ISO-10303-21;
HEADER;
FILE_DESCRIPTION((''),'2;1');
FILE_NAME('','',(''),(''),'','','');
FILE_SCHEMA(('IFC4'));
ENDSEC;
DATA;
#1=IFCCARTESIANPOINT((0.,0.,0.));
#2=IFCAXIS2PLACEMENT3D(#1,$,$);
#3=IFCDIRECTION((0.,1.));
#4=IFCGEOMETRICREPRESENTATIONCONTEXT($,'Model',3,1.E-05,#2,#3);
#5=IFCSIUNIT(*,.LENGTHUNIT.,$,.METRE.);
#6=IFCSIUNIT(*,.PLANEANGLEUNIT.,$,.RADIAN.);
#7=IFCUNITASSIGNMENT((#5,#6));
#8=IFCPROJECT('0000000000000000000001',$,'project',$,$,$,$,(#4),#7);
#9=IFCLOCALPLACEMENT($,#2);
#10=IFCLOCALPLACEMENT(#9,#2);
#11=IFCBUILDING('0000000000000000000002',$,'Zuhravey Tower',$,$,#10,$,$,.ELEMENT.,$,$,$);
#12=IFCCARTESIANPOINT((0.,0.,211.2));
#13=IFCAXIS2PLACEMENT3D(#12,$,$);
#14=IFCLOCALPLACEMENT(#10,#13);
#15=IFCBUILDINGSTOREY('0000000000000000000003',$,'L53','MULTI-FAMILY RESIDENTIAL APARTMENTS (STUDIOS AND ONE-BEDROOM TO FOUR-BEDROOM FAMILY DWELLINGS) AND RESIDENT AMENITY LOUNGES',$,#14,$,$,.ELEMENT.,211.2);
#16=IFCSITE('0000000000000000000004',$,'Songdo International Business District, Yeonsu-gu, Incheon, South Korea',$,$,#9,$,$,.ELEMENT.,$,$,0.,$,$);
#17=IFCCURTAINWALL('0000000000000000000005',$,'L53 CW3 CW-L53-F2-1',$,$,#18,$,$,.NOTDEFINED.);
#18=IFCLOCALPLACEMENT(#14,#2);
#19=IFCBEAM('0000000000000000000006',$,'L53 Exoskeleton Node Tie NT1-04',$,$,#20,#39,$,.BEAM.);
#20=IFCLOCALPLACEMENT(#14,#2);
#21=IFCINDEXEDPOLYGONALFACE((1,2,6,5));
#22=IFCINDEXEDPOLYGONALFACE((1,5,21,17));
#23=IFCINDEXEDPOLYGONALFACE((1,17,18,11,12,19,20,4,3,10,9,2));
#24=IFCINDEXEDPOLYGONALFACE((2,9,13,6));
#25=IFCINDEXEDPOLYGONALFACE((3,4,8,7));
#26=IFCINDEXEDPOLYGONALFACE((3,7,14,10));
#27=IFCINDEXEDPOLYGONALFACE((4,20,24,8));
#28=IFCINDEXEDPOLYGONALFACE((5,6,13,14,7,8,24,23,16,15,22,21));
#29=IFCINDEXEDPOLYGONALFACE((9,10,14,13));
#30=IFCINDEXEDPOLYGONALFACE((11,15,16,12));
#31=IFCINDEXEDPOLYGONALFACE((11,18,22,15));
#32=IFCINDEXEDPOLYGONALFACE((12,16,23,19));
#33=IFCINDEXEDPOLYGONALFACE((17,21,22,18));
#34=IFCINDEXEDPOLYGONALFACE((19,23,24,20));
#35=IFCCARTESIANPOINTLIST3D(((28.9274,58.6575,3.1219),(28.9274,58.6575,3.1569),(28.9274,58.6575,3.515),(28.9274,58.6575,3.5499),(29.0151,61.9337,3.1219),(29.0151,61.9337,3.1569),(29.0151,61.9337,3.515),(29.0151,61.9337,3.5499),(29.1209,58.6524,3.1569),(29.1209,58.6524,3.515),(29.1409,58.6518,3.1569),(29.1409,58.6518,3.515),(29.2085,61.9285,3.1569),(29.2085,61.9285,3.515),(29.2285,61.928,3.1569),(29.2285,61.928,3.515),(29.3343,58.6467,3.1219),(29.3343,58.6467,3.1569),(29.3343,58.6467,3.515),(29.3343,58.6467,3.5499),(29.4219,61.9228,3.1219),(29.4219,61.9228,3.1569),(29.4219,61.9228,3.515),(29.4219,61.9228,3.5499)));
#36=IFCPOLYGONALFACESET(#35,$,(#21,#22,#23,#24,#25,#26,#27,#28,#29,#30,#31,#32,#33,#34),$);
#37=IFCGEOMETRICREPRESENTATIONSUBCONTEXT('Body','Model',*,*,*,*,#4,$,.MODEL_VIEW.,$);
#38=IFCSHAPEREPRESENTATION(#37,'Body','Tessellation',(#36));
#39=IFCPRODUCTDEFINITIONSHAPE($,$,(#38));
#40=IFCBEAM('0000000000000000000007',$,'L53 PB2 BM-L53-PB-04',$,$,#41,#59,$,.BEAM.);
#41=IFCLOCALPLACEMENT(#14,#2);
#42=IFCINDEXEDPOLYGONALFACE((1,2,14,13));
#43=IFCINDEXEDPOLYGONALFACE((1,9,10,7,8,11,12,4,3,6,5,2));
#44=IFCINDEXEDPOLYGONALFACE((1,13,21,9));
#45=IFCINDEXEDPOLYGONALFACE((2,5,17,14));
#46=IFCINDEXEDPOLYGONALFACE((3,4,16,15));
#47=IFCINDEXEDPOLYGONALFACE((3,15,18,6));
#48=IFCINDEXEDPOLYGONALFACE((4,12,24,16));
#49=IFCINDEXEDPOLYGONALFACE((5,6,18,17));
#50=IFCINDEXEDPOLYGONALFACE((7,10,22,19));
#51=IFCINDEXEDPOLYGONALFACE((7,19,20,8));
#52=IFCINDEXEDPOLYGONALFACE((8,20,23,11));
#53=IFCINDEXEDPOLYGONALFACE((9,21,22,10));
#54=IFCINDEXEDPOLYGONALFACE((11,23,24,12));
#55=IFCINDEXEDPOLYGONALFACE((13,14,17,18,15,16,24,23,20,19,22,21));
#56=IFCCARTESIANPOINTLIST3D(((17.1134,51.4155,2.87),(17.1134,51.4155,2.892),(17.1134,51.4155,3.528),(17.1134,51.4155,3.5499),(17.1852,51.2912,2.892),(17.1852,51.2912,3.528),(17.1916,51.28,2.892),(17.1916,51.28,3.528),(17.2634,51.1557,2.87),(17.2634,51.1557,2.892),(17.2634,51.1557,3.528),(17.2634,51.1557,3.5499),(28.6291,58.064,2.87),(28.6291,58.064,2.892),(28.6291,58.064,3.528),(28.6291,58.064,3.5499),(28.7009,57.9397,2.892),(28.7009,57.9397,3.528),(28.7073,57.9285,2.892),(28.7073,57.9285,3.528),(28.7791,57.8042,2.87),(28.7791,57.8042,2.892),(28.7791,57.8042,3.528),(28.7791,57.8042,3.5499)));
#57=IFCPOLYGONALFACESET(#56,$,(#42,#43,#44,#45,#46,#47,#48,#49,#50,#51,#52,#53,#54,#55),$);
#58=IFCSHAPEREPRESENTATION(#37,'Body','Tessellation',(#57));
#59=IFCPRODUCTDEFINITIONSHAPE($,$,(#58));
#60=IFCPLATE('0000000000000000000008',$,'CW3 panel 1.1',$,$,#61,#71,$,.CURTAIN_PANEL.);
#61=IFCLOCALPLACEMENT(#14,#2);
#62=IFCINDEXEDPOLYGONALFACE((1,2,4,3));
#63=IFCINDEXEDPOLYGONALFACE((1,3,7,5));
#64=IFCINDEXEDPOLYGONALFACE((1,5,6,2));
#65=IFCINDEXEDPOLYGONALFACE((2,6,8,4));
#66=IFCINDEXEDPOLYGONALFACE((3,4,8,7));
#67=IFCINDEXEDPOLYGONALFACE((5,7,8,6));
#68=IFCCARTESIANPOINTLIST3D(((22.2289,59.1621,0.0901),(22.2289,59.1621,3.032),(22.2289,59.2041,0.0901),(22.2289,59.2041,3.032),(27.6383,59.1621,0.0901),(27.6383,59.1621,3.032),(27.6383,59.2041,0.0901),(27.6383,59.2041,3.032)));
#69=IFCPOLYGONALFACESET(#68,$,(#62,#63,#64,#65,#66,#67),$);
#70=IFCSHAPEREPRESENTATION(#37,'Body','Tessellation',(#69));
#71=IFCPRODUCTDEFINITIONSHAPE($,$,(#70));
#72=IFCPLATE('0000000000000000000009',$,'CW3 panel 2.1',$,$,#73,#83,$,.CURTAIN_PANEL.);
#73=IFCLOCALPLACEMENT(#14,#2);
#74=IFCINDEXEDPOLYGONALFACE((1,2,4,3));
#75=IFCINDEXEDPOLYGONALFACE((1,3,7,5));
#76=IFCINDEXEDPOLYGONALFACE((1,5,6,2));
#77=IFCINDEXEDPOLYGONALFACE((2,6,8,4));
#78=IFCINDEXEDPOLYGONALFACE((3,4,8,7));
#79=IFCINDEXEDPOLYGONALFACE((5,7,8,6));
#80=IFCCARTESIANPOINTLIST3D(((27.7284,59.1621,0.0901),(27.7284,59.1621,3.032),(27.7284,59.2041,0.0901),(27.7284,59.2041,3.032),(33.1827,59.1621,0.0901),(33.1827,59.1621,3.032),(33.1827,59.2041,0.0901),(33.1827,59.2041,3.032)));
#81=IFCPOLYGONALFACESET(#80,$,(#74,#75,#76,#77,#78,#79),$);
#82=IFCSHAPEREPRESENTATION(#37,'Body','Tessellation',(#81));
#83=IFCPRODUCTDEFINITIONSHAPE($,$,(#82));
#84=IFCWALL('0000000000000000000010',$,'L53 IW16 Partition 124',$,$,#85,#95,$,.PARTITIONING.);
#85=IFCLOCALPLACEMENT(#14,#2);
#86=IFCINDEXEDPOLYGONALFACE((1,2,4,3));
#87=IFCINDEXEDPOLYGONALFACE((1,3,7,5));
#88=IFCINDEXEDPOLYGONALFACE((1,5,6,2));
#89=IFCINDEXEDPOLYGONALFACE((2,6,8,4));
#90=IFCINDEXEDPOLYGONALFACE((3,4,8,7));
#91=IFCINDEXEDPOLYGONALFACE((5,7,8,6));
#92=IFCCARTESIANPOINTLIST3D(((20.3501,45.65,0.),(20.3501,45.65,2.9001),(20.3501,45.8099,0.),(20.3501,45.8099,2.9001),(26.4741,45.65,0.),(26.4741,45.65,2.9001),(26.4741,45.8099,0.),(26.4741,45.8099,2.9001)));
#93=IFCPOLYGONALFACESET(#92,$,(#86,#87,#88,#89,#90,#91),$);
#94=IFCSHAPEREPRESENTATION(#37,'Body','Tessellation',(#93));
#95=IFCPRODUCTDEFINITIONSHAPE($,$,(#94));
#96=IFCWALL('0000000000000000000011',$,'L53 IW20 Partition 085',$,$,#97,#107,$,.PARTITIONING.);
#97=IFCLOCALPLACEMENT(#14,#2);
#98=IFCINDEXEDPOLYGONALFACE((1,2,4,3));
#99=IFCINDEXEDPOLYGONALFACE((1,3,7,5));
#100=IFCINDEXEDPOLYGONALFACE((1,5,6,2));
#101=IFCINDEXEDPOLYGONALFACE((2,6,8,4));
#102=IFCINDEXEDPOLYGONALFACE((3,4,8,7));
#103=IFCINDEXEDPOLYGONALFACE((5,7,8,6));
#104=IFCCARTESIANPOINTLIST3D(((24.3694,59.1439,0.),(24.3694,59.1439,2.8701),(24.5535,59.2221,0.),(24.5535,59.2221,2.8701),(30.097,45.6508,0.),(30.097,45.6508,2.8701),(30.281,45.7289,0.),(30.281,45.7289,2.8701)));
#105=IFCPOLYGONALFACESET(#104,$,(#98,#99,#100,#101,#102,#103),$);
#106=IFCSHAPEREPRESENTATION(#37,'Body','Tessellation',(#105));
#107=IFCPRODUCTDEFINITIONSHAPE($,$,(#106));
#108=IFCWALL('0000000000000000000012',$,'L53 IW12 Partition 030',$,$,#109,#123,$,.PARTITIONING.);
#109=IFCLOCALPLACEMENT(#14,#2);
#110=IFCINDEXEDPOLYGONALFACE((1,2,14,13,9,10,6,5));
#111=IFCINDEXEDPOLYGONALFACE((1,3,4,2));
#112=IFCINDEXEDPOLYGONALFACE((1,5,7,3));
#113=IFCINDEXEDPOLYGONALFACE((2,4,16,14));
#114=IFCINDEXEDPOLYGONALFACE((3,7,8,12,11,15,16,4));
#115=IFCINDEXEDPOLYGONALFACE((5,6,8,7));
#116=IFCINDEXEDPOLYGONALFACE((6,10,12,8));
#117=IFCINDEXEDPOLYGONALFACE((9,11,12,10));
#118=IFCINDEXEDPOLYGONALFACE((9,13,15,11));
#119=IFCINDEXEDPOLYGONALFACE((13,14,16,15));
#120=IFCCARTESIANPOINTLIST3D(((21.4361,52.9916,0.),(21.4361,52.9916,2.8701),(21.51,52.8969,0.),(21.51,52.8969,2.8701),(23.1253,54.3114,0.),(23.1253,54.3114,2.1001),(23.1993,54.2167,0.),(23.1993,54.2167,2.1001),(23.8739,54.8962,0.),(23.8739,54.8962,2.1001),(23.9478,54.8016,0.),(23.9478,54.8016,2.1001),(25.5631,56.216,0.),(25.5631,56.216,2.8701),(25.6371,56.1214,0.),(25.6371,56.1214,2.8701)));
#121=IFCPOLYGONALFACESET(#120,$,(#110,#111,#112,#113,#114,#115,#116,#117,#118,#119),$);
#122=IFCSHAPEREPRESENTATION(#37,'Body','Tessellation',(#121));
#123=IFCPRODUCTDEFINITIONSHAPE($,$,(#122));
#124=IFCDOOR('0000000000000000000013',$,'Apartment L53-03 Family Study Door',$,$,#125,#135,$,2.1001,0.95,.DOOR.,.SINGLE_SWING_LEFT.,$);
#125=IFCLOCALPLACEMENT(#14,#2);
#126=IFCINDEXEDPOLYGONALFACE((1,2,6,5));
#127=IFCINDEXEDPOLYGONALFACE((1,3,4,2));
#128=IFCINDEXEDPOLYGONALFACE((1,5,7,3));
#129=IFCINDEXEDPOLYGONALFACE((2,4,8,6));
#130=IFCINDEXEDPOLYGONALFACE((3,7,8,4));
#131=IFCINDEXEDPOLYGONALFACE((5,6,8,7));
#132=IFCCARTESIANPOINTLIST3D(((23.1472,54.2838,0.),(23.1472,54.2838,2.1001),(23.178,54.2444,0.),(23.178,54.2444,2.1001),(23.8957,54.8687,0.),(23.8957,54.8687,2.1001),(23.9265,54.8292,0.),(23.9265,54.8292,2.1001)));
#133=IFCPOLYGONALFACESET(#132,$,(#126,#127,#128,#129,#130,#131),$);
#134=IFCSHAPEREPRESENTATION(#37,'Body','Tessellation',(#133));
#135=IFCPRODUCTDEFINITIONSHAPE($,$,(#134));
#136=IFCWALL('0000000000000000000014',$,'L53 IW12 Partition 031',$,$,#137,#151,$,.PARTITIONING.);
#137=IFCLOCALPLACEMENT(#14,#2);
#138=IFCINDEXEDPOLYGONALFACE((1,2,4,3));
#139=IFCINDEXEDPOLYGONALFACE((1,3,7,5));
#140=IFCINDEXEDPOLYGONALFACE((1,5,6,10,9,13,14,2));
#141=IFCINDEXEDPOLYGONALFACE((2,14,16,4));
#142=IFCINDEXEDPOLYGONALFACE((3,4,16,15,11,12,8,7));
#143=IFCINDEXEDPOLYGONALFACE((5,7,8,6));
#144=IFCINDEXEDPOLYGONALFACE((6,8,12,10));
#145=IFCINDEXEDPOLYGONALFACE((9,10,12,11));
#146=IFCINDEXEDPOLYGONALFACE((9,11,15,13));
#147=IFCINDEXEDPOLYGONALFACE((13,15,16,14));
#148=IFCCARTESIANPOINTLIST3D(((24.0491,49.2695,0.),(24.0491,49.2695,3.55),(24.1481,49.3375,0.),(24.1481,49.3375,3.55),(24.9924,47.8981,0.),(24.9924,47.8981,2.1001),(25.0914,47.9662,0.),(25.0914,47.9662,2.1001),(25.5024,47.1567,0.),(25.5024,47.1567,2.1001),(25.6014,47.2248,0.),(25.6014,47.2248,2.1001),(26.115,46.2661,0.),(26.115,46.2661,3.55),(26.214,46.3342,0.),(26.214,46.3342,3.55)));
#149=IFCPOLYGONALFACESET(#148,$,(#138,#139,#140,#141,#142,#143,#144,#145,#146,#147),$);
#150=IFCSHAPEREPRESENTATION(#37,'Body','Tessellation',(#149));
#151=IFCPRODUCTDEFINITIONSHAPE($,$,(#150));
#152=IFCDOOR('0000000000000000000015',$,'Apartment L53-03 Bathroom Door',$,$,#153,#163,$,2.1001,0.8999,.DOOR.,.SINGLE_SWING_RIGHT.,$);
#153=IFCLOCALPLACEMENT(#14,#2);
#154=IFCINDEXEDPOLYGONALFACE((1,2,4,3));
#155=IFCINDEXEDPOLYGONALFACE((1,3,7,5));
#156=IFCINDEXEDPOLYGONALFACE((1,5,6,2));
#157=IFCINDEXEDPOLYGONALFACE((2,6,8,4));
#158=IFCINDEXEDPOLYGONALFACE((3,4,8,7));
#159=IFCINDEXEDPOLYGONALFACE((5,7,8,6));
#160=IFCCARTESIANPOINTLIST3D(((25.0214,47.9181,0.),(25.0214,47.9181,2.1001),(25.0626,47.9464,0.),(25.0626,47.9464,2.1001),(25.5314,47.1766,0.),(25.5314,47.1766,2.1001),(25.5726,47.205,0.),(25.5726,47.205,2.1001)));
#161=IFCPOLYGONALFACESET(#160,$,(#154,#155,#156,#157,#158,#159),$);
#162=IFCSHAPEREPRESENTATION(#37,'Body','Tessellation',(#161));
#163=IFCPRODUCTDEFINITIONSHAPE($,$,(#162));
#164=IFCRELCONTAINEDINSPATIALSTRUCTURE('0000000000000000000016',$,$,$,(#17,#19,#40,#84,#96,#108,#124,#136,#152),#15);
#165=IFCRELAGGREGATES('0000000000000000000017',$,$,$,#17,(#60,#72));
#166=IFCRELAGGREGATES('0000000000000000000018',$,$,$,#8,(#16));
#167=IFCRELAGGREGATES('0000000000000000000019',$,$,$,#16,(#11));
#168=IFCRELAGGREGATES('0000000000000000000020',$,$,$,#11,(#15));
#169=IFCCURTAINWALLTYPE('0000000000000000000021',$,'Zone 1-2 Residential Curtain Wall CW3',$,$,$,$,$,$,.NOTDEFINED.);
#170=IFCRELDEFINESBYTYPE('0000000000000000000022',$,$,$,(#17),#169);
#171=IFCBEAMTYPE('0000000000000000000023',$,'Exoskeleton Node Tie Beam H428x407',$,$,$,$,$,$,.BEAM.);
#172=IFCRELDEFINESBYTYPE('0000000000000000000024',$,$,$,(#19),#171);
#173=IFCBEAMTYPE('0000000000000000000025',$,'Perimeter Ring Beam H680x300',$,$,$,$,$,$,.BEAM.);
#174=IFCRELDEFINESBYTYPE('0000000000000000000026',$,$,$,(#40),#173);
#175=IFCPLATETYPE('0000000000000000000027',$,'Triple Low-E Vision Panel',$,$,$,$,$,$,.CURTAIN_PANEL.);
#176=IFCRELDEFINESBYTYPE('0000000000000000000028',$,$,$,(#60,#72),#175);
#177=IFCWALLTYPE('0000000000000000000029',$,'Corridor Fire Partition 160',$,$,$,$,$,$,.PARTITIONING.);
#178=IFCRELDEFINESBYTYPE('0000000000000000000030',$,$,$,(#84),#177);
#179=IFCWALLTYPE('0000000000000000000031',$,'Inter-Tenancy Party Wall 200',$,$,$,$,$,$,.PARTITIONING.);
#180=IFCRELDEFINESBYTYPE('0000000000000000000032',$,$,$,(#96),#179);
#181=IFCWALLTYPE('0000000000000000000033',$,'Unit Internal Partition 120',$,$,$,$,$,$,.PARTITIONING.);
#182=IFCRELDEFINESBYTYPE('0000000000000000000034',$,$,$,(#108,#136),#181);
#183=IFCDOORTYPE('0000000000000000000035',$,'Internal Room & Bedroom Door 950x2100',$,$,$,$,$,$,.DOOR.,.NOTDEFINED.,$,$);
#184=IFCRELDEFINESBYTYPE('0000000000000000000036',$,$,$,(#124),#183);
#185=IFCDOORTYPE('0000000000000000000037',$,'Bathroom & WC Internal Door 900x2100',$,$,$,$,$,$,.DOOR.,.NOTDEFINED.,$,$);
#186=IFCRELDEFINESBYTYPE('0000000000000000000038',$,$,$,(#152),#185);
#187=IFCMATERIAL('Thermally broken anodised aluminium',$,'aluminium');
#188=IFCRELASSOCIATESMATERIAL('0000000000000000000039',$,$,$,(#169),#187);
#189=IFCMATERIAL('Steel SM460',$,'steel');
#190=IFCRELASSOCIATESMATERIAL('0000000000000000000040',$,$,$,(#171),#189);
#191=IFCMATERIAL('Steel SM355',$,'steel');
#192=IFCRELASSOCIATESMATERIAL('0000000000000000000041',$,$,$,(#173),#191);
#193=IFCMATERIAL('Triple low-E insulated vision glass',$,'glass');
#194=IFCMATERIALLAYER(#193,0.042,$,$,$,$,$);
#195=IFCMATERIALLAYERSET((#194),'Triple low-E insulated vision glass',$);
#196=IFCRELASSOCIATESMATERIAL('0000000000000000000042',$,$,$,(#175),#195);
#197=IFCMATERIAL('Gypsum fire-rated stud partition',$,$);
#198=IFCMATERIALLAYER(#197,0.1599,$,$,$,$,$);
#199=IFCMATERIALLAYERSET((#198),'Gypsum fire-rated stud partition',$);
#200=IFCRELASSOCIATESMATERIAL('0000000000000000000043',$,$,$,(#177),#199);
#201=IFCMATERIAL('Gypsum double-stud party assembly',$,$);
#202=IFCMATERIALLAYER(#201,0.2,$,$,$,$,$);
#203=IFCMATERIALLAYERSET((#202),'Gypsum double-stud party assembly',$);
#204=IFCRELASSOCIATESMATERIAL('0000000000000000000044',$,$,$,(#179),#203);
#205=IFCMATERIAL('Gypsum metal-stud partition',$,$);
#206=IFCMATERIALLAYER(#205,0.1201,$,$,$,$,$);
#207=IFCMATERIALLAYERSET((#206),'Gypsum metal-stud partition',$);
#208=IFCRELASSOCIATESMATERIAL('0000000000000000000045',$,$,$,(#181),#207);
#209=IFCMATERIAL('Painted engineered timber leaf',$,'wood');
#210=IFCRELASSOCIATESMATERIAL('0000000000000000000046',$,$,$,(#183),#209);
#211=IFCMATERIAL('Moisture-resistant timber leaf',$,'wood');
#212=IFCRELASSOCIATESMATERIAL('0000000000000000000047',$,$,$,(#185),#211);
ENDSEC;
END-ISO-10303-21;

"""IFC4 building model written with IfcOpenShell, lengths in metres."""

from ifc_helpers import new_model, si_unit, direction, frame, frame_2d, origin, origin_2d, place, context, subcontext, project, spatial, rectangle, i_section, extrude, material, layer, layer_set, material_profile, profile_set, type_object, element, fill, aggregate, save


model = new_model("IFC4")

# Units and contexts
model_context = context("Model", 3, precision=1e-05, world=origin(), true_north=direction((0.0, 1.0)))
body_context = subcontext(model_context, "Body", "Model", "MODEL_VIEW")
ifc_project = project(units=[si_unit("LENGTHUNIT", "METRE"), si_unit("PLANEANGLEUNIT", "RADIAN")], contexts=[model_context])

# Site, building, storey
site_placement = place(None, origin())
site = spatial("IfcSite", under=ifc_project, at=site_placement, Name="Songdo International Business District, Yeonsu-gu, Incheon, South Korea", CompositionType="ELEMENT", RefElevation=0.0)
building_placement = place(site_placement, origin())
building = spatial("IfcBuilding", under=site, at=building_placement, Name="Zuhravey Tower", CompositionType="ELEMENT")
storey_placement = place(building_placement, frame((0.0, 0.0, 211.2)))
storey = spatial("IfcBuildingStorey", under=building, at=storey_placement, Name="L53", Description="MULTI-FAMILY RESIDENTIAL APARTMENTS (STUDIOS AND ONE-BEDROOM TO FOUR-BEDROOM FAMILY DWELLINGS) AND RESIDENT AMENITY LOUNGES", CompositionType="ELEMENT", Elevation=211.2)

# Curtain wall
ifc_material_1 = material(Name="Thermally broken anodised aluminium", Category="aluminium")
curtain_wall_type = type_object("IfcCurtainWallType", Name="Zone 1-2 Residential Curtain Wall CW3", PredefinedType="NOTDEFINED", material=ifc_material_1)
curtain_wall_placement = place(storey_placement, origin())
curtain_wall = element("IfcCurtainWall", 1, at=curtain_wall_placement, inside=storey, type_object=curtain_wall_type, Name="L53 CW3 CW-L53-F2-1", PredefinedType="NOTDEFINED")

# Beams
ifc_material_2 = material(Name="Steel SM460", Category="steel")
ifc_material_profile_1 = material_profile(ifc_material_2, i_section(OverallWidth=0.407, OverallDepth=0.428, WebThickness=0.02, FlangeThickness=0.0349, at=origin_2d()), Name="H-428x407x20x35")
ifc_profile_set_1 = profile_set([ifc_material_profile_1], Name="Steel SM460")
beam_type_1 = type_object("IfcBeamType", Name="Exoskeleton Node Tie Beam H428x407", PredefinedType="BEAM", material=ifc_profile_set_1)
beam_1_placement = place(storey_placement, frame((29.1309, 58.6521, 3.3359), z_axis=(0.026744, 0.999642, 0.0), x_axis=(-0.999642, 0.026744, 0.0)))
element("IfcBeam", 2, at=beam_1_placement, inside=storey, type_object=beam_type_1, Name="L53 Exoskeleton Node Tie NT1-04", PredefinedType="BEAM", context=body_context, shape_type="SweptSolid", body=[
    extrude(i_section(OverallWidth=0.407, OverallDepth=0.428, WebThickness=0.02, FlangeThickness=0.0349, at=origin_2d()), origin(), (0.0, 0.0, 1.0), 3.2773),
])
ifc_material_3 = material(Name="Steel SM355", Category="steel")
ifc_material_profile_2 = material_profile(ifc_material_3, i_section(OverallWidth=0.3, OverallDepth=0.6799, WebThickness=0.0129, FlangeThickness=0.022, at=origin_2d()), Name="H-680x300x13x22")
ifc_profile_set_2 = profile_set([ifc_material_profile_2], Name="Steel SM355")
beam_type_2 = type_object("IfcBeamType", Name="Perimeter Ring Beam H680x300", PredefinedType="BEAM", material=ifc_profile_set_2)
beam_2_placement = place(storey_placement, frame((28.7041, 57.9341, 3.21), z_axis=(-0.866029, -0.499994, 0.0), x_axis=(0.499994, -0.866029, 0.0)))
element("IfcBeam", 3, at=beam_2_placement, inside=storey, type_object=beam_type_2, Name="L53 PB2 BM-L53-PB-04", PredefinedType="BEAM", context=body_context, shape_type="SweptSolid", body=[
    extrude(i_section(OverallWidth=0.3, OverallDepth=0.6799, WebThickness=0.0129, FlangeThickness=0.022, at=origin_2d()), origin(), (0.0, 0.0, 1.0), 13.2971),
])

# Plates
ifc_material_4 = material(Name="Triple low-E insulated vision glass", Category="glass")
ifc_layer_1 = layer(ifc_material_4, 0.042)
ifc_layer_set_1 = layer_set([ifc_layer_1], Name="Triple low-E insulated vision glass")
plate_type = type_object("IfcPlateType", Name="Triple Low-E Vision Panel", PredefinedType="CURTAIN_PANEL", material=ifc_layer_set_1)
plate_1_placement = place(storey_placement, frame((24.9336, 59.1831, 0.0901), z_axis=(0.0, 0.0, 1.0), x_axis=(1.0, 0.0, 0.0)))
plate_1 = element("IfcPlate", 4, at=plate_1_placement, type_object=plate_type, Name="CW3 panel 1.1", PredefinedType="CURTAIN_PANEL", context=body_context, shape_type="SweptSolid", body=[
    extrude(rectangle(XDim=5.4094, YDim=0.042, at=origin_2d()), origin(), (0.0, 0.0, 1.0), 2.9419),
])
plate_2_placement = place(storey_placement, frame((30.4556, 59.1831, 0.0901), z_axis=(0.0, 0.0, 1.0), x_axis=(1.0, 0.0, 0.0)))
plate_2 = element("IfcPlate", 5, at=plate_2_placement, type_object=plate_type, Name="CW3 panel 2.1", PredefinedType="CURTAIN_PANEL", context=body_context, shape_type="SweptSolid", body=[
    extrude(rectangle(XDim=5.4543, YDim=0.042, at=origin_2d()), origin(), (0.0, 0.0, 1.0), 2.9419),
])
aggregate(curtain_wall, [plate_1, plate_2])

# Shared definitions
ifc_material_5 = material(Name="Gypsum fire-rated stud partition")
ifc_layer_2 = layer(ifc_material_5, 0.1599)
ifc_layer_set_2 = layer_set([ifc_layer_2], Name="Gypsum fire-rated stud partition")
wall_type_1 = type_object("IfcWallType", Name="Corridor Fire Partition 160", PredefinedType="PARTITIONING", material=ifc_layer_set_2)

# Walls
wall_1_placement = place(storey_placement, frame((26.4741, 45.73, 0.0), z_axis=(0.0, 0.0, 1.0), x_axis=(-1.0, 0.0, 0.0)))
element("IfcWall", 6, at=wall_1_placement, inside=storey, type_object=wall_type_1, Name="L53 IW16 Partition 124", PredefinedType="PARTITIONING", context=body_context, shape_type="SweptSolid", body=[
    extrude(rectangle(XDim=6.124, YDim=0.1599, at=frame_2d((3.062, 0.0))), origin(), (0.0, 0.0, 1.0), 2.9001),
])
ifc_material_6 = material(Name="Gypsum double-stud party assembly")
ifc_layer_3 = layer(ifc_material_6, 0.2)
ifc_layer_set_3 = layer_set([ifc_layer_3], Name="Gypsum double-stud party assembly")
wall_type_2 = type_object("IfcWallType", Name="Inter-Tenancy Party Wall 200", PredefinedType="PARTITIONING", material=ifc_layer_set_3)
wall_2_placement = place(storey_placement, frame((30.189, 45.6899, 0.0), z_axis=(0.0, 0.0, 1.0), x_axis=(-0.390733, 0.920504, 0.0)))
element("IfcWall", 7, at=wall_2_placement, inside=storey, type_object=wall_type_2, Name="L53 IW20 Partition 085", PredefinedType="PARTITIONING", context=body_context, shape_type="SweptSolid", body=[
    extrude(rectangle(XDim=14.6584, YDim=0.2, at=frame_2d((7.3291, 0.0))), origin(), (0.0, 0.0, 1.0), 2.8701),
])

# Walls, openings, doors
ifc_material_7 = material(Name="Gypsum metal-stud partition")
ifc_layer_4 = layer(ifc_material_7, 0.1201)
ifc_layer_set_4 = layer_set([ifc_layer_4], Name="Gypsum metal-stud partition")
wall_type_3 = type_object("IfcWallType", Name="Unit Internal Partition 120", PredefinedType="PARTITIONING", material=ifc_layer_set_4)
wall_3_placement = place(storey_placement, frame((25.6001, 56.1687, 0.0), z_axis=(0.0, 0.0, 1.0), x_axis=(-0.788007, -0.615666, 0.0)))
wall_3 = element("IfcWall", 8, at=wall_3_placement, inside=storey, type_object=wall_type_3, Name="L53 IW12 Partition 030", PredefinedType="PARTITIONING", context=body_context, shape_type="SweptSolid", body=[
    extrude(rectangle(XDim=5.2373, YDim=0.1201, at=frame_2d((2.6187, 0.0))), origin(), (0.0, 0.0, 1.0), 2.8701),
])
opening_1_placement = place(wall_3_placement, frame((2.1436, 0.0, 0.0)))
opening_1 = element("IfcOpeningElement", 9, at=opening_1_placement, cuts=wall_3, PredefinedType="OPENING", context=body_context, shape_type="SweptSolid", body=[
    extrude(rectangle(XDim=0.95, YDim=2.1001, at=frame_2d((0.4751, 1.05))), frame((0.0, 0.072, 0.0), z_axis=(0.0, -1.0, 0.0), x_axis=(1.0, 0.0, 0.0)), (0.0, 0.0, 1.0), 0.144),
])
ifc_material_8 = material(Name="Painted engineered timber leaf", Category="wood")
door_type_1 = type_object("IfcDoorType", Name="Internal Room & Bedroom Door 950x2100", OperationType="NOTDEFINED", PredefinedType="DOOR", material=ifc_material_8)
door_1_placement = place(opening_1_placement, frame((0.95, 0.0, 0.0), z_axis=(0.0, 0.0, 1.0), x_axis=(-1.0, 0.0, 0.0)))
door_1 = element("IfcDoor", 10, at=door_1_placement, inside=storey, type_object=door_type_1, Name="Apartment L53-03 Family Study Door", OperationType="SINGLE_SWING_LEFT", OverallHeight=2.1001, OverallWidth=0.95, PredefinedType="DOOR", context=body_context, shape_type="SweptSolid", body=[
    extrude(rectangle(XDim=0.95, YDim=2.1001, at=frame_2d((0.4751, 1.05))), frame((0.0, 0.0249, 0.0), z_axis=(0.0, -1.0, 0.0), x_axis=(1.0, 0.0, 0.0)), (0.0, 0.0, 1.0), 0.05),
])
fill(opening_1, door_1)
wall_4_placement = place(storey_placement, frame((26.1646, 46.3, 0.0), z_axis=(0.0, 0.0, 1.0), x_axis=(-0.566728, 0.823905, 0.0)))
wall_4 = element("IfcWall", 11, at=wall_4_placement, inside=storey, type_object=wall_type_3, Name="L53 IW12 Partition 031", PredefinedType="PARTITIONING", context=body_context, shape_type="SweptSolid", body=[
    extrude(rectangle(XDim=3.6453, YDim=0.1201, at=frame_2d((1.8228, 0.0))), origin(), (0.0, 0.0, 1.0), 3.55),
])
opening_2_placement = place(wall_4_placement, frame((1.0811, 0.0, 0.0)))
opening_2 = element("IfcOpeningElement", 12, at=opening_2_placement, cuts=wall_4, PredefinedType="OPENING", context=body_context, shape_type="SweptSolid", body=[
    extrude(rectangle(XDim=0.8999, YDim=2.1001, at=frame_2d((0.45, 1.05))), frame((0.0, 0.072, 0.0), z_axis=(0.0, -1.0, 0.0), x_axis=(1.0, 0.0, 0.0)), (0.0, 0.0, 1.0), 0.144),
])
ifc_material_9 = material(Name="Moisture-resistant timber leaf", Category="wood")
door_type_2 = type_object("IfcDoorType", Name="Bathroom & WC Internal Door 900x2100", OperationType="NOTDEFINED", PredefinedType="DOOR", material=ifc_material_9)
door_2_placement = place(opening_2_placement, origin())
door_2 = element("IfcDoor", 13, at=door_2_placement, inside=storey, type_object=door_type_2, Name="Apartment L53-03 Bathroom Door", OperationType="SINGLE_SWING_RIGHT", OverallHeight=2.1001, OverallWidth=0.8999, PredefinedType="DOOR", context=body_context, shape_type="SweptSolid", body=[
    extrude(rectangle(XDim=0.8999, YDim=2.1001, at=frame_2d((0.45, 1.05))), frame((0.0, 0.0249, 0.0), z_axis=(0.0, -1.0, 0.0), x_axis=(1.0, 0.0, 0.0)), (0.0, 0.0, 1.0), 0.05),
])
fill(opening_2, door_2)

save(model, "model.ifc")
